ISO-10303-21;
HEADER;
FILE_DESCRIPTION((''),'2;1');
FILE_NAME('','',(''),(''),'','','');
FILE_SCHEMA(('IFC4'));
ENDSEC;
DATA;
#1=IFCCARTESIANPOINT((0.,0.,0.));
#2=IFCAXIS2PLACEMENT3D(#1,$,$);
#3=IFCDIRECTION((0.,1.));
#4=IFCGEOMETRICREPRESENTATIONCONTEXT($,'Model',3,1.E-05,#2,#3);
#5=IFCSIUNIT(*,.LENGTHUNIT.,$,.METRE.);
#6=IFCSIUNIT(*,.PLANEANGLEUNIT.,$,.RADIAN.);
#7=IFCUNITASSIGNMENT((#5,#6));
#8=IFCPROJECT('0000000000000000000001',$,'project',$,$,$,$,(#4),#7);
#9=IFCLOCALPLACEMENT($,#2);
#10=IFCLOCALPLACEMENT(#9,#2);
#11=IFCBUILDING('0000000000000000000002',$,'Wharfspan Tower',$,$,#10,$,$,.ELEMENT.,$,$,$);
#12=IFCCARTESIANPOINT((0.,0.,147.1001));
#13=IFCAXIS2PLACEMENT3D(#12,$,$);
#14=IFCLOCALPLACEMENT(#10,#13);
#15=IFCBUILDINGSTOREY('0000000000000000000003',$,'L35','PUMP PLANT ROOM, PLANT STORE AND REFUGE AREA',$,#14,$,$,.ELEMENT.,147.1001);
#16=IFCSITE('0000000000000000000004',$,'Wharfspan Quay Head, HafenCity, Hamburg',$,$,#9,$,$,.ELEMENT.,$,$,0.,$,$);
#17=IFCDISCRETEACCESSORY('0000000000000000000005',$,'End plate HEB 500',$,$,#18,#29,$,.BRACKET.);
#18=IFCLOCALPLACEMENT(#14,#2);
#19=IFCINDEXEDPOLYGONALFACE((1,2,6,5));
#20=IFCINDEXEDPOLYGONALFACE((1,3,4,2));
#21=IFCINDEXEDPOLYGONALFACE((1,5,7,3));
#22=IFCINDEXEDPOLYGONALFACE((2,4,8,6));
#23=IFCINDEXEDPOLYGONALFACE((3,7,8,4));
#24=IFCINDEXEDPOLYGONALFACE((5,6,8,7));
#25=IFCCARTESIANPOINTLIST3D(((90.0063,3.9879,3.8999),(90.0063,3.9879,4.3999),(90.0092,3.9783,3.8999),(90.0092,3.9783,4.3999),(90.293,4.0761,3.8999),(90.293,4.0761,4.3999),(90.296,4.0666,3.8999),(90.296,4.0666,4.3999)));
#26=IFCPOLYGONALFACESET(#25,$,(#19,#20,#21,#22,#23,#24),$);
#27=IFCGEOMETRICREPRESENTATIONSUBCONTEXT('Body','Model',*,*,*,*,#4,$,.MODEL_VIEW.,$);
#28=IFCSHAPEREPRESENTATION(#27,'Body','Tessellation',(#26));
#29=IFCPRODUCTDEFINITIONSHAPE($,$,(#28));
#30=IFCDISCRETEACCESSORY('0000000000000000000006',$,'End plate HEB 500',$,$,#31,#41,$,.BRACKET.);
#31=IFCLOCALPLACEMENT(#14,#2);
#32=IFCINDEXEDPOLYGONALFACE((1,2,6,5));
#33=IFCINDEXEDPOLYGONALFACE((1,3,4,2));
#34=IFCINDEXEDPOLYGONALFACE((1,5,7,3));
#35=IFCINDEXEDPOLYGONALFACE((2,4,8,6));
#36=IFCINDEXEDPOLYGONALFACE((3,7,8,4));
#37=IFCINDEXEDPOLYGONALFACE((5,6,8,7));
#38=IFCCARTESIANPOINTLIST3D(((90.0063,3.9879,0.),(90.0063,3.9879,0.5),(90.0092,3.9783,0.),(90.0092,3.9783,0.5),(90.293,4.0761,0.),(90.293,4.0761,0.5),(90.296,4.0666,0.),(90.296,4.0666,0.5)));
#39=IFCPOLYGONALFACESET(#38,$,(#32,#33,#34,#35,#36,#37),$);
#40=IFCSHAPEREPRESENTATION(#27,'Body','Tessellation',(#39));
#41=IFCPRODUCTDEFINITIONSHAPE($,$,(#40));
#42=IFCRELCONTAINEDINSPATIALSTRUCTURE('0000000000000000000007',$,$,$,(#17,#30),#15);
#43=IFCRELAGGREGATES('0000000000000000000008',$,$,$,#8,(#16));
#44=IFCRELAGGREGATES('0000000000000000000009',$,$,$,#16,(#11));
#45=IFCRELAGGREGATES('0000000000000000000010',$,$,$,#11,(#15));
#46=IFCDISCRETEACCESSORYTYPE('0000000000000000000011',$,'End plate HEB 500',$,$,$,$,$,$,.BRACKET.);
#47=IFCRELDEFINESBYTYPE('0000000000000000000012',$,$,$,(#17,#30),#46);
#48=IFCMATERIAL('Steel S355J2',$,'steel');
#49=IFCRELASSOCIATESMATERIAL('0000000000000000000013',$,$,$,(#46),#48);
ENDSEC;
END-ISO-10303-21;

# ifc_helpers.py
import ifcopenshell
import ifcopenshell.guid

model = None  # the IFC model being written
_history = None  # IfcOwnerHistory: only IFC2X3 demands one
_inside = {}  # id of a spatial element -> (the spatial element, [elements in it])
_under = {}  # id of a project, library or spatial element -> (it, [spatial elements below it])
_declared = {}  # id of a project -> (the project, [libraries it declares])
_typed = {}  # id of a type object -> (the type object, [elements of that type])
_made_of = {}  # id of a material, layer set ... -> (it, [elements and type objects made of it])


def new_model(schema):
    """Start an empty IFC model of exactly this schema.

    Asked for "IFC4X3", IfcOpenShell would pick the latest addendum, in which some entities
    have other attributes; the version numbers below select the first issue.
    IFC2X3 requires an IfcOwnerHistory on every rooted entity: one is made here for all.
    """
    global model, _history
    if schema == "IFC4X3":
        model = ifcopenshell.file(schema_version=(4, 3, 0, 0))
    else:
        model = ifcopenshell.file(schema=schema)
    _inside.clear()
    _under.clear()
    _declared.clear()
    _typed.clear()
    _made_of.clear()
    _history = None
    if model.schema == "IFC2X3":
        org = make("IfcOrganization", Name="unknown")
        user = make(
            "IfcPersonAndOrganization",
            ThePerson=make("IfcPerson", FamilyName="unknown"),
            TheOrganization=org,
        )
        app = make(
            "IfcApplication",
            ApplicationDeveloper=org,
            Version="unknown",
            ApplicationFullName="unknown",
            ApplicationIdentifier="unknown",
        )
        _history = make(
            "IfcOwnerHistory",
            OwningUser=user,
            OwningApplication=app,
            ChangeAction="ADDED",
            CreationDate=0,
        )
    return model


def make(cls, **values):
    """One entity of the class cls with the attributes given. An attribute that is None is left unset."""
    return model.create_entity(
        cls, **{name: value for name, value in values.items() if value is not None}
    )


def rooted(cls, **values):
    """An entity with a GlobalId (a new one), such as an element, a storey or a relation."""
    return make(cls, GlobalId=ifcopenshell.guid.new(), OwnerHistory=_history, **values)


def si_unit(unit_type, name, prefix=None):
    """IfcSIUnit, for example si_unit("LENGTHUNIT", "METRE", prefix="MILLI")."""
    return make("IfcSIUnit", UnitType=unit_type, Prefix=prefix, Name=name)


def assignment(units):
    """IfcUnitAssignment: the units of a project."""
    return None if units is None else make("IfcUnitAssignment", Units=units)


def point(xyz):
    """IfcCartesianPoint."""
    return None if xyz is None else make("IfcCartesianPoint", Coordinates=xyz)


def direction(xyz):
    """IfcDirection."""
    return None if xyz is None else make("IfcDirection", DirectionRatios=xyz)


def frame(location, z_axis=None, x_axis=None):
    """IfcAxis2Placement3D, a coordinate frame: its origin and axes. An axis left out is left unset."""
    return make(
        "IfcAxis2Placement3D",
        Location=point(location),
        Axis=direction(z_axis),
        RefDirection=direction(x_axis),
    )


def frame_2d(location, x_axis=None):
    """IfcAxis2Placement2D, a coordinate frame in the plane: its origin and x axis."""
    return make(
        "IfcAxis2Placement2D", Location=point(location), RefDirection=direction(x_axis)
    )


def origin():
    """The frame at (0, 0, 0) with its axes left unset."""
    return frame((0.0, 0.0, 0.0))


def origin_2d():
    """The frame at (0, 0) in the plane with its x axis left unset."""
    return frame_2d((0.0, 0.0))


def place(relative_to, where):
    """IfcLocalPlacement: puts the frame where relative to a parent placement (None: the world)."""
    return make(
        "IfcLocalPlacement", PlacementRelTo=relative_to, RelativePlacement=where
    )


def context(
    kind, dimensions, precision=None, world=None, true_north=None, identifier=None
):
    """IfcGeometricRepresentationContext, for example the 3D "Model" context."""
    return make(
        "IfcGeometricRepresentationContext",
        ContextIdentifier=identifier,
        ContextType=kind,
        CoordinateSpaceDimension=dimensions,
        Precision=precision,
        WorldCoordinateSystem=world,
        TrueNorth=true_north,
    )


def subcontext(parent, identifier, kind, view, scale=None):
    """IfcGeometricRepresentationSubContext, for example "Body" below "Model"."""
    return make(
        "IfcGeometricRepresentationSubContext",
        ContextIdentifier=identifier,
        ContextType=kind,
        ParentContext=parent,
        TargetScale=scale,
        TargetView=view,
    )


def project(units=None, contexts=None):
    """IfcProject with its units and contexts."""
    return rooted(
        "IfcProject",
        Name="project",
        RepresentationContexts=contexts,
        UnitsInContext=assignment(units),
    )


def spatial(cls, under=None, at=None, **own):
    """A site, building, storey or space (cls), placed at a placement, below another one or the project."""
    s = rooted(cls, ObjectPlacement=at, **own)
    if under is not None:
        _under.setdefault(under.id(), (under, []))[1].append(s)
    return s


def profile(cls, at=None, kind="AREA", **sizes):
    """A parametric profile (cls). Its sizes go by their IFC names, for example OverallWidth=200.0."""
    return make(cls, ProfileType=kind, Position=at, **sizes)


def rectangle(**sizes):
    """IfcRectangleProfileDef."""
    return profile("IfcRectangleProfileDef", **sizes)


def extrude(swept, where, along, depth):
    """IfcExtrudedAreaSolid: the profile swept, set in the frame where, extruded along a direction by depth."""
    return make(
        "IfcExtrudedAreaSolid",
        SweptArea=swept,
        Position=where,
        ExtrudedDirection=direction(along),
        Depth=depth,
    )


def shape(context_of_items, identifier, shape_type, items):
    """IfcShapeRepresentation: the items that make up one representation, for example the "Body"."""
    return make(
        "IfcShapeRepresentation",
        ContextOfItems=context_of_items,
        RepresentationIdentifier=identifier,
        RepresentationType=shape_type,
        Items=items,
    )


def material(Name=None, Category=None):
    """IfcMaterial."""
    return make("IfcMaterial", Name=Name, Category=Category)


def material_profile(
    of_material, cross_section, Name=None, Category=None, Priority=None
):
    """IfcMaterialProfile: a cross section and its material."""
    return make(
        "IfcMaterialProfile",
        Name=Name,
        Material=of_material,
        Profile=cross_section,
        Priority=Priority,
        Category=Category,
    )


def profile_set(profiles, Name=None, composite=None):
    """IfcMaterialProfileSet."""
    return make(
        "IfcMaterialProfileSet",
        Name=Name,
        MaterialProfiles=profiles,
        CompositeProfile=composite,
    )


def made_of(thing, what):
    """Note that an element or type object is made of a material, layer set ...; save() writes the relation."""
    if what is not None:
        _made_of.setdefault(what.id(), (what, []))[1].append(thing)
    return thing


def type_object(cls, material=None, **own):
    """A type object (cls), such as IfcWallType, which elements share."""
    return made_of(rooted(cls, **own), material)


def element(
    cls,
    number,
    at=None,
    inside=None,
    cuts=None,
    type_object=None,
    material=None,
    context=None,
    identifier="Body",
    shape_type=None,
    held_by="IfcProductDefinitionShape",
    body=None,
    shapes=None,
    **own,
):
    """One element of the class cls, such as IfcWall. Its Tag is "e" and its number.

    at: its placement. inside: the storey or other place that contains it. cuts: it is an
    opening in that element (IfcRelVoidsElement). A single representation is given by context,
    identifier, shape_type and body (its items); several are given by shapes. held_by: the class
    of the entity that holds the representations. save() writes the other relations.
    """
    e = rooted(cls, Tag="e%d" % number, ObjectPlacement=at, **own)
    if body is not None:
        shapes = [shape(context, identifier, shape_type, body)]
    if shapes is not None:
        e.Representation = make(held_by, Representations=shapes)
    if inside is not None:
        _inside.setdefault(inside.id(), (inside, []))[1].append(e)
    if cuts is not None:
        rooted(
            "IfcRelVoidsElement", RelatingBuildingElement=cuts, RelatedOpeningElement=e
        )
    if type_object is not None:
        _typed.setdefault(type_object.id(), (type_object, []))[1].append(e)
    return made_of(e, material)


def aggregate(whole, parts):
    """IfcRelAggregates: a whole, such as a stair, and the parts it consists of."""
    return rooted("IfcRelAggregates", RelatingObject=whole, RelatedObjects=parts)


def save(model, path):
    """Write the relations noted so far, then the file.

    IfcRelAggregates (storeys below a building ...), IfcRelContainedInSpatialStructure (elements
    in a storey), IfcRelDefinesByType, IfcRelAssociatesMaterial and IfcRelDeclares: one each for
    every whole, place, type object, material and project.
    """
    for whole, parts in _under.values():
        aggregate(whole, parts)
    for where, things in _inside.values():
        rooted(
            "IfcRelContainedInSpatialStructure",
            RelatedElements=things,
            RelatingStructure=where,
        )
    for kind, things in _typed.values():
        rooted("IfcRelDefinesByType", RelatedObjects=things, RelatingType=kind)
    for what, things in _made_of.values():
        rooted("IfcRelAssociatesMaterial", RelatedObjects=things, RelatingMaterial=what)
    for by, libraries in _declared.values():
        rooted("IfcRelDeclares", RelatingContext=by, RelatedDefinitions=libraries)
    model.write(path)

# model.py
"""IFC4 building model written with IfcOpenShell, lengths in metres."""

from ifc_helpers import new_model, si_unit, direction, frame, origin, origin_2d, place, context, subcontext, project, spatial, rectangle, extrude, material, material_profile, profile_set, type_object, element, save


model = new_model("IFC4")

# Units and contexts
model_context = context("Model", 3, precision=1e-05, world=origin(), true_north=direction((0.0, 1.0)))
body_context = subcontext(model_context, "Body", "Model", "MODEL_VIEW")
ifc_project = project(units=[si_unit("LENGTHUNIT", "METRE"), si_unit("PLANEANGLEUNIT", "RADIAN")], contexts=[model_context])

# Site, building, storey
site_placement = place(None, origin())
site = spatial("IfcSite", under=ifc_project, at=site_placement, Name="Wharfspan Quay Head, HafenCity, Hamburg", CompositionType="ELEMENT", RefElevation=0.0)
building_placement = place(site_placement, origin())
building = spatial("IfcBuilding", under=site, at=building_placement, Name="Wharfspan Tower", CompositionType="ELEMENT")
storey_placement = place(building_placement, frame((0.0, 0.0, 147.1001)))
storey = spatial("IfcBuildingStorey", under=building, at=storey_placement, Name="L35", Description="PUMP PLANT ROOM, PLANT STORE AND REFUGE AREA", CompositionType="ELEMENT", Elevation=147.1001)

# Shared definitions
ifc_material_1 = material(Name="Steel S355J2", Category="steel")

# Discrete accessories
ifc_material_profile_1 = material_profile(ifc_material_1, rectangle(XDim=0.3, YDim=0.5, at=origin_2d()))
ifc_profile_set_1 = profile_set([ifc_material_profile_1], Name="Steel S355J2")
discrete_accessory_type_1 = type_object("IfcDiscreteAccessoryType", Name="End plate HEB 500", PredefinedType="BRACKET", material=ifc_profile_set_1)
for number, where, z_axis, x_axis, name in (
    (1, (90.1526, 4.0225, 4.1499), (-0.294086, 0.955779, 0.0), (-0.955779, -0.294086, 0.0), "End plate HEB 500"),
    (2, (90.1526, 4.0225, 0.25), (-0.294086, 0.955779, 0.0), (-0.955779, -0.294086, 0.0), "End plate HEB 500"),
):
    element("IfcDiscreteAccessory", number, at=place(storey_placement, frame(where, z_axis=z_axis, x_axis=x_axis)), inside=storey, type_object=discrete_accessory_type_1, Name=name, PredefinedType="BRACKET", context=body_context, shape_type="SweptSolid", body=[
        extrude(rectangle(XDim=0.3, YDim=0.5, at=origin_2d()), origin(), (0.0, 0.0, 1.0), 0.01),
    ])

save(model, "model.ifc")
